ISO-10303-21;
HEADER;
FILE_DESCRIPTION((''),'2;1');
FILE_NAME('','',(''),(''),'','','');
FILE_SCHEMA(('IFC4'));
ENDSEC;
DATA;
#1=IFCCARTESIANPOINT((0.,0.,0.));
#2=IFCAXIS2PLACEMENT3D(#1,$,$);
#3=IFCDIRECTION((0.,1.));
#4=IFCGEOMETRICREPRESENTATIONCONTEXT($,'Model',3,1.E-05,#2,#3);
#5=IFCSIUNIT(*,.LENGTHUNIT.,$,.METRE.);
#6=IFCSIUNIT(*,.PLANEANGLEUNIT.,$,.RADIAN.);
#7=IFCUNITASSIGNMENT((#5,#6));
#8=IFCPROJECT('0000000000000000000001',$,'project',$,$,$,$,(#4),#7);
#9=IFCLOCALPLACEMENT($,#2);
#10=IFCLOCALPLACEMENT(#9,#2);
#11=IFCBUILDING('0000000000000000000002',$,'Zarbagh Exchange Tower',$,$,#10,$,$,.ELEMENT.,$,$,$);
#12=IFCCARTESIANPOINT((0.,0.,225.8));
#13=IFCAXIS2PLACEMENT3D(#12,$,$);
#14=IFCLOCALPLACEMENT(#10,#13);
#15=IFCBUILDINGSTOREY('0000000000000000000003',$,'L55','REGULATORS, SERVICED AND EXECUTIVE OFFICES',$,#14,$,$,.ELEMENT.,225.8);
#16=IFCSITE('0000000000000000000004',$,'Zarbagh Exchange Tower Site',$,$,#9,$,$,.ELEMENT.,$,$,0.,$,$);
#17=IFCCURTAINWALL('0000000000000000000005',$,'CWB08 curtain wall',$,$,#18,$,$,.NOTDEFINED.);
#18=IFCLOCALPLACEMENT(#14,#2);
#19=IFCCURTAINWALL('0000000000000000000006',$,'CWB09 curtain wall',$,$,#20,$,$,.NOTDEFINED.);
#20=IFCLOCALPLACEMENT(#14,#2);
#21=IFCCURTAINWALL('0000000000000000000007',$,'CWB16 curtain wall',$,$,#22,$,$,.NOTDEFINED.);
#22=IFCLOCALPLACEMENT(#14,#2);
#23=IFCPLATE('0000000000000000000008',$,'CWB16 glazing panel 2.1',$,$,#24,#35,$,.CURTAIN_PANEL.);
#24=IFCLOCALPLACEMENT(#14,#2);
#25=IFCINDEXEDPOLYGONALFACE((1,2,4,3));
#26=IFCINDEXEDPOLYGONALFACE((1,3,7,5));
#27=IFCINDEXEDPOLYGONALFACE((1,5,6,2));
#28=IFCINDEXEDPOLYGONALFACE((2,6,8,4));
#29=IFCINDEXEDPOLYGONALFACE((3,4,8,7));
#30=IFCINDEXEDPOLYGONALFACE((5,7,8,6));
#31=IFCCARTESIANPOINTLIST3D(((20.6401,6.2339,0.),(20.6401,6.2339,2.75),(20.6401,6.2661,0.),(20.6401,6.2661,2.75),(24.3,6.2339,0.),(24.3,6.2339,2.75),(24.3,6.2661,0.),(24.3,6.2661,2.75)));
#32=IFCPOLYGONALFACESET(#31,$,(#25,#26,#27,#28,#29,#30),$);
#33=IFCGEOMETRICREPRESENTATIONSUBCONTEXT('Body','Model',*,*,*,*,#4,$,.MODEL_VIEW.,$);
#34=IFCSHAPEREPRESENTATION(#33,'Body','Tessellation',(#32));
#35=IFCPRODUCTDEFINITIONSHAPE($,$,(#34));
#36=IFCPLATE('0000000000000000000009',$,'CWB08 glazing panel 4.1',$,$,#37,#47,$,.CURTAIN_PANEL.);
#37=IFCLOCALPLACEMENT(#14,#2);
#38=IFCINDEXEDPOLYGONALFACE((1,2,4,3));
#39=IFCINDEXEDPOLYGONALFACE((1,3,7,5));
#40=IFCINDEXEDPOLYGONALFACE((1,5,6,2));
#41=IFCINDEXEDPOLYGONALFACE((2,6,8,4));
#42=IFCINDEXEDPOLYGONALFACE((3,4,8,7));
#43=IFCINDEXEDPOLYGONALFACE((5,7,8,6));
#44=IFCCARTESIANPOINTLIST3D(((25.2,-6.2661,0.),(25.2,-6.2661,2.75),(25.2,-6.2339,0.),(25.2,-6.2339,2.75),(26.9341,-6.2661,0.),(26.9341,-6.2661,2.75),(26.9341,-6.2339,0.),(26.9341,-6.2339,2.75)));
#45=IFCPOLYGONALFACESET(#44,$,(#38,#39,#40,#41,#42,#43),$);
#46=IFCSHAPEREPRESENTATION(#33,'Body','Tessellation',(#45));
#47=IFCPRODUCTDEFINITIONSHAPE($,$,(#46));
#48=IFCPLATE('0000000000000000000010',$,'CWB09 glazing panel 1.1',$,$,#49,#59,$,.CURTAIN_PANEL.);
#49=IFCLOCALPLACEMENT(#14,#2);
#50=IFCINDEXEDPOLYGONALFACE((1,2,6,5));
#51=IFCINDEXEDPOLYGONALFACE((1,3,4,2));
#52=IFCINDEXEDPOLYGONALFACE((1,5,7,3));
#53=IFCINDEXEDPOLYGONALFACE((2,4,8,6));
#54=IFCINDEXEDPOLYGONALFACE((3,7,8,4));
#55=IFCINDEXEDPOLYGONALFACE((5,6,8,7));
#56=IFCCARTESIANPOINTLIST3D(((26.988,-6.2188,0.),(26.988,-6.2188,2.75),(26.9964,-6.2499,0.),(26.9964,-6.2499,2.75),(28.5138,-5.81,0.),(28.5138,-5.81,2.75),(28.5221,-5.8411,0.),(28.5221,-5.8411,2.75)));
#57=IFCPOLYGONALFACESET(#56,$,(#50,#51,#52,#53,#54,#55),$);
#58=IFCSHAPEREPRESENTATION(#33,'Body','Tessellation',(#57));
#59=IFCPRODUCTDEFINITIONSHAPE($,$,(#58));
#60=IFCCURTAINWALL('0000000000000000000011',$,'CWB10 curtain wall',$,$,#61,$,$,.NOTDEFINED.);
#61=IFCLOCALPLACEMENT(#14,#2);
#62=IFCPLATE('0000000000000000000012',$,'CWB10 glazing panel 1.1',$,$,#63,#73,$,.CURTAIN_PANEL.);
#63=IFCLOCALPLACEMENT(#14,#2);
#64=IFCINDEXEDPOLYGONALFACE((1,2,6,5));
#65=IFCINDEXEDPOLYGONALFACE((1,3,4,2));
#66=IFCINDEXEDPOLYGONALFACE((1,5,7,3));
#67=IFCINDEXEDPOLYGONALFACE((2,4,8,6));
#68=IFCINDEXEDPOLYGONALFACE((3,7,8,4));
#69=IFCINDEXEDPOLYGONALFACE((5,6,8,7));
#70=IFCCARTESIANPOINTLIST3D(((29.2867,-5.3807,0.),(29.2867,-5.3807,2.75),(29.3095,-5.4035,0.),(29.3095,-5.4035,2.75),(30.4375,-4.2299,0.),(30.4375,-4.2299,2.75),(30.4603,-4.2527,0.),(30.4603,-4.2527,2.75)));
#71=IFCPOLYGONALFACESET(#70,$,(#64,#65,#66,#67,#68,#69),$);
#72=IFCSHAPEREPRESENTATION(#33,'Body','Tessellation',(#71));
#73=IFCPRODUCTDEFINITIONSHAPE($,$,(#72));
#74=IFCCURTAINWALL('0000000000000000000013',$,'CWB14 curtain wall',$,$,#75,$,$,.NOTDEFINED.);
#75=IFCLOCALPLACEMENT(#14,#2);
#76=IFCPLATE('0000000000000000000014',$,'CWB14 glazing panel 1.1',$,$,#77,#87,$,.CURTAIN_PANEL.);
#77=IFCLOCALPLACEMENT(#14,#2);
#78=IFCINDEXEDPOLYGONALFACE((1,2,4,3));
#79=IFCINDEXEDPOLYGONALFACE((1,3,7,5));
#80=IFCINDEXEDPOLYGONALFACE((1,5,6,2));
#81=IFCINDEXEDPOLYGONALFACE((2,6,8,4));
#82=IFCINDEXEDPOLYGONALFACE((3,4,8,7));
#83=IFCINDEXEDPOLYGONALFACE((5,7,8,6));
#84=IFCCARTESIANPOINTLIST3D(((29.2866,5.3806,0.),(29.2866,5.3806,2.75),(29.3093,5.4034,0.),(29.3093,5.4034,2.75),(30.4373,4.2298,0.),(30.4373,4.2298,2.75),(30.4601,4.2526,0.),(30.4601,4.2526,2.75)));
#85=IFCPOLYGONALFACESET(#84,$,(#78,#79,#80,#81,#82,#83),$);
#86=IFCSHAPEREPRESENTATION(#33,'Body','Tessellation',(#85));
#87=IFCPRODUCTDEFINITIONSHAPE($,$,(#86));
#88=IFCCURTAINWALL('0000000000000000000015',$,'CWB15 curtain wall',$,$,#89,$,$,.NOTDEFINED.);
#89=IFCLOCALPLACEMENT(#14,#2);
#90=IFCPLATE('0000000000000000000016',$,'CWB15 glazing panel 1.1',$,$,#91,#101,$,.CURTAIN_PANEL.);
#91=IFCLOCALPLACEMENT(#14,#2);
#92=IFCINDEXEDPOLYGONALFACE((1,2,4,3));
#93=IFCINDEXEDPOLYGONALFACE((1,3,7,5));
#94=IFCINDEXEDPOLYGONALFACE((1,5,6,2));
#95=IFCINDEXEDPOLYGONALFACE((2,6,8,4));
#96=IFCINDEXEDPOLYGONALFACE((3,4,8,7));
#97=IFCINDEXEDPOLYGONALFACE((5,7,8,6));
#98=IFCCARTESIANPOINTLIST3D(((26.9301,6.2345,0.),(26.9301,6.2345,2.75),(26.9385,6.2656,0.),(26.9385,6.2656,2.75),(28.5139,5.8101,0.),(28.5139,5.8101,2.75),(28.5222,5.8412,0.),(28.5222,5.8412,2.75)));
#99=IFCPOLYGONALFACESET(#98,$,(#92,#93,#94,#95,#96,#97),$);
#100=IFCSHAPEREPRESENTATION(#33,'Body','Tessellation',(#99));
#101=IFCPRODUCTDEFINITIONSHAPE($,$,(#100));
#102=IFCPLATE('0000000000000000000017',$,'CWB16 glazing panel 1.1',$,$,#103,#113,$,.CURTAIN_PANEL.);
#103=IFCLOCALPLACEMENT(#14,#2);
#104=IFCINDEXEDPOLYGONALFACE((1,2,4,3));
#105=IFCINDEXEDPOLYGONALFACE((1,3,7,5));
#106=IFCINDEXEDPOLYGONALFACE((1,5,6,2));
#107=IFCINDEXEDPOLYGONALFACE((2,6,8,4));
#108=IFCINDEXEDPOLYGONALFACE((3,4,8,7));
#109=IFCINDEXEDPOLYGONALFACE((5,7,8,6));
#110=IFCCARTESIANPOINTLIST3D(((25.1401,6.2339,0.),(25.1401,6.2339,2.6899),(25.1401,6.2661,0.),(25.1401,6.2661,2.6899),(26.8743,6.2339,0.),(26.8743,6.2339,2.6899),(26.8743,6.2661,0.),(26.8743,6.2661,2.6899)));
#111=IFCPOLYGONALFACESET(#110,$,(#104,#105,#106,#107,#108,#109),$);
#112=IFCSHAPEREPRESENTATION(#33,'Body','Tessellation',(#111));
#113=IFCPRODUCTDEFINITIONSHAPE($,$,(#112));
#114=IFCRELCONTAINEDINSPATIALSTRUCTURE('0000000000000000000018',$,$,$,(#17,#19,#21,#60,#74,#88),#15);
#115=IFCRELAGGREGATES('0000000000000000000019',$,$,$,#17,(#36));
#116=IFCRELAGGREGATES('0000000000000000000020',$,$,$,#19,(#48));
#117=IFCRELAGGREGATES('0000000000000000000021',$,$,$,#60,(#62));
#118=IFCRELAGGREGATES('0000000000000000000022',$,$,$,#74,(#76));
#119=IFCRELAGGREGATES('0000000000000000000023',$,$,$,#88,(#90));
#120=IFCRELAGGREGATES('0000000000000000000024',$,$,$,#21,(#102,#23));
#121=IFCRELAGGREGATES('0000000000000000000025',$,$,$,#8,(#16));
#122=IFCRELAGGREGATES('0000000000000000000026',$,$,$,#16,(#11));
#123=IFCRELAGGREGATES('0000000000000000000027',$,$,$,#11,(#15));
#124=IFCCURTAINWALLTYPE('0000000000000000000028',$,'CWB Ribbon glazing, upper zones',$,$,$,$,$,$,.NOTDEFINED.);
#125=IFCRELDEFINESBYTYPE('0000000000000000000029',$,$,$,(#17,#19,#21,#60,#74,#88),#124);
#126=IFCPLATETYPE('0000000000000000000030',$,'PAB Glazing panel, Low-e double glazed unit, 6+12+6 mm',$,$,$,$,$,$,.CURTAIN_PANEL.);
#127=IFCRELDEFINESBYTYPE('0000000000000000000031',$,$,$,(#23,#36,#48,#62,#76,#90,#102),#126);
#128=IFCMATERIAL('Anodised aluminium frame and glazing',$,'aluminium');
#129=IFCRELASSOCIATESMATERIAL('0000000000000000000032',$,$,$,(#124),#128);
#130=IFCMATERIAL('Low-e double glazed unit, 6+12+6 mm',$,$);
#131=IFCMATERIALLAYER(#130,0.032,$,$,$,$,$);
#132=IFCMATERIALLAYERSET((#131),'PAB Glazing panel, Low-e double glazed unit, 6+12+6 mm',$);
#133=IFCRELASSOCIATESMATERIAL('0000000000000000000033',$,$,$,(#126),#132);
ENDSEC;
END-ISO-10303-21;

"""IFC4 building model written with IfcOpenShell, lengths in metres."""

from ifc_helpers import new_model, si_unit, direction, frame, origin, place, context, subcontext, project, spatial, polyline, outline, extrude, source, transform, mapped, material, layer, layer_set, type_object, element, aggregate, save


model = new_model("IFC4")

# Units and contexts
model_context = context("Model", 3, precision=1e-05, world=origin(), true_north=direction((0.0, 1.0)))
body_context = subcontext(model_context, "Body", "Model", "MODEL_VIEW")
ifc_project = project(units=[si_unit("LENGTHUNIT", "METRE"), si_unit("PLANEANGLEUNIT", "RADIAN")], contexts=[model_context])

# Site, building, storey
site_placement = place(None, origin())
site = spatial("IfcSite", under=ifc_project, at=site_placement, Name="Zarbagh Exchange Tower Site", CompositionType="ELEMENT", RefElevation=0.0)
building_placement = place(site_placement, origin())
building = spatial("IfcBuilding", under=site, at=building_placement, Name="Zarbagh Exchange Tower", CompositionType="ELEMENT")
storey_placement = place(building_placement, frame((0.0, 0.0, 225.8)))
storey = spatial("IfcBuildingStorey", under=building, at=storey_placement, Name="L55", Description="REGULATORS, SERVICED AND EXECUTIVE OFFICES", CompositionType="ELEMENT", Elevation=225.8)

# Curtain wall
ifc_material_1 = material(Name="Anodised aluminium frame and glazing", Category="aluminium")
curtain_wall_type = type_object("IfcCurtainWallType", Name="CWB Ribbon glazing, upper zones", PredefinedType="NOTDEFINED", material=ifc_material_1)
curtain_wall_1_placement = place(storey_placement, origin())
curtain_wall_1 = element("IfcCurtainWall", 1, at=curtain_wall_1_placement, inside=storey, type_object=curtain_wall_type, Name="CWB08 curtain wall", PredefinedType="NOTDEFINED")
placement = place(storey_placement, origin())

# Curtain wall
curtain_wall_2_placement = place(storey_placement, origin())
curtain_wall_2 = element("IfcCurtainWall", 2, at=curtain_wall_2_placement, inside=storey, type_object=curtain_wall_type, Name="CWB09 curtain wall", PredefinedType="NOTDEFINED")

# Curtain wall
curtain_wall_3_placement = place(storey_placement, origin())
curtain_wall_3 = element("IfcCurtainWall", 3, at=curtain_wall_3_placement, inside=storey, type_object=curtain_wall_type, Name="CWB16 curtain wall", PredefinedType="NOTDEFINED")

# Shared definitions
ifc_material_2 = material(Name="Low-e double glazed unit, 6+12+6 mm")
ifc_layer = layer(ifc_material_2, 0.032)
ifc_layer_set = layer_set([ifc_layer], Name="PAB Glazing panel, Low-e double glazed unit, 6+12+6 mm")
plate_type = type_object("IfcPlateType", Name="PAB Glazing panel, Low-e double glazed unit, 6+12+6 mm", PredefinedType="CURTAIN_PANEL", material=ifc_layer_set)

# Plates
shared_shape_1 = source(origin(), body_context, "Body", "SweptSolid", [
    extrude(outline(polyline([(0.0, -0.0161), (3.6599, -0.0161), (3.6599, 0.0161), (0.0, 0.0161), (0.0, -0.0161)])), origin(), (0.0, 0.0, 1.0), 2.75),
])
plate_1 = element("IfcPlate", 4, at=placement, type_object=plate_type, Name="CWB16 glazing panel 2.1", PredefinedType="CURTAIN_PANEL", context=body_context, shape_type="MappedRepresentation", body=[
    mapped(shared_shape_1, transform((24.3, 6.25, 0.0), x_axis=(-1.0, 0.0, 0.0), y_axis=(0.0, -1.0, 0.0), z_axis=(0.0, 0.0, 1.0))),
])
shared_shape_2 = source(origin(), body_context, "Body", "SweptSolid", [
    extrude(outline(polyline([(0.0, -0.0161), (1.7341, -0.0161), (1.7341, 0.0161), (0.0, 0.0161), (0.0, -0.0161)])), origin(), (0.0, 0.0, 1.0), 2.75),
])
plate_2 = element("IfcPlate", 5, at=placement, type_object=plate_type, Name="CWB08 glazing panel 4.1", PredefinedType="CURTAIN_PANEL", context=body_context, shape_type="MappedRepresentation", body=[
    mapped(shared_shape_2, transform((25.2, -6.25, 0.0), x_axis=(1.0, 0.0, 0.0), y_axis=(0.0, 1.0, 0.0), z_axis=(0.0, 0.0, 1.0))),
])
aggregate(curtain_wall_1, [plate_2])
shared_shape_3 = source(origin(), body_context, "Body", "SweptSolid", [
    extrude(outline(polyline([(0.0, -0.0161), (1.5796, -0.0161), (1.5796, 0.0161), (0.0, 0.0161), (0.0, -0.0161)])), origin(), (0.0, 0.0, 1.0), 2.75),
])
plate_3 = element("IfcPlate", 6, at=placement, type_object=plate_type, Name="CWB09 glazing panel 1.1", PredefinedType="CURTAIN_PANEL", context=body_context, shape_type="MappedRepresentation", body=[
    mapped(shared_shape_3, transform((26.9922, -6.2344, 0.0), x_axis=(0.965924, 0.258825, 0.0), y_axis=(-0.258825, 0.965924, 0.0), z_axis=(0.0, 0.0, 1.0))),
])
aggregate(curtain_wall_2, [plate_3])

# Curtain walls, plates
curtain_wall_4_placement = place(storey_placement, origin())
curtain_wall_4 = element("IfcCurtainWall", 7, at=curtain_wall_4_placement, inside=storey, type_object=curtain_wall_type, Name="CWB10 curtain wall", PredefinedType="NOTDEFINED")
shared_shape_4 = source(origin(), body_context, "Body", "SweptSolid", [
    extrude(outline(polyline([(0.0, -0.0161), (1.6274, -0.0161), (1.6274, 0.0161), (0.0, 0.0161), (0.0, -0.0161)])), origin(), (0.0, 0.0, 1.0), 2.75),
])
plate_4 = element("IfcPlate", 8, at=placement, type_object=plate_type, Name="CWB10 glazing panel 1.1", PredefinedType="CURTAIN_PANEL", context=body_context, shape_type="MappedRepresentation", body=[
    mapped(shared_shape_4, transform((29.2981, -5.3921, 0.0), x_axis=(0.707107, 0.707107, 0.0), y_axis=(-0.707107, 0.707107, 0.0), z_axis=(0.0, 0.0, 1.0))),
])
aggregate(curtain_wall_4, [plate_4])
curtain_wall_5_placement = place(storey_placement, origin())
curtain_wall_5 = element("IfcCurtainWall", 9, at=curtain_wall_5_placement, inside=storey, type_object=curtain_wall_type, Name="CWB14 curtain wall", PredefinedType="NOTDEFINED")
plate_5 = element("IfcPlate", 10, at=placement, type_object=plate_type, Name="CWB14 glazing panel 1.1", PredefinedType="CURTAIN_PANEL", context=body_context, shape_type="MappedRepresentation", body=[
    mapped(shared_shape_4, transform((30.4487, 4.2412, 0.0), x_axis=(-0.707107, 0.707107, 0.0), y_axis=(-0.707107, -0.707107, 0.0), z_axis=(0.0, 0.0, 1.0))),
])
aggregate(curtain_wall_5, [plate_5])
curtain_wall_6_placement = place(storey_placement, origin())
curtain_wall_6 = element("IfcCurtainWall", 11, at=curtain_wall_6_placement, inside=storey, type_object=curtain_wall_type, Name="CWB15 curtain wall", PredefinedType="NOTDEFINED")
shared_shape_5 = source(origin(), body_context, "Body", "SweptSolid", [
    extrude(outline(polyline([(0.0, -0.0161), (1.6396, -0.0161), (1.6396, 0.0161), (0.0, 0.0161), (0.0, -0.0161)])), origin(), (0.0, 0.0, 1.0), 2.75),
])
plate_6 = element("IfcPlate", 12, at=placement, type_object=plate_type, Name="CWB15 glazing panel 1.1", PredefinedType="CURTAIN_PANEL", context=body_context, shape_type="MappedRepresentation", body=[
    mapped(shared_shape_5, transform((28.5181, 5.8257, 0.0), x_axis=(-0.965924, 0.258825, 0.0), y_axis=(-0.258825, -0.965924, 0.0), z_axis=(0.0, 0.0, 1.0))),
])
aggregate(curtain_wall_6, [plate_6])

# Plate
shared_shape_6 = source(origin(), body_context, "Body", "SweptSolid", [
    extrude(outline(polyline([(0.0, -0.0161), (1.7341, -0.0161), (1.7341, 0.0161), (0.0, 0.0161), (0.0, -0.0161)])), origin(), (0.0, 0.0, 1.0), 2.6899),
])
plate_7 = element("IfcPlate", 13, at=placement, type_object=plate_type, Name="CWB16 glazing panel 1.1", PredefinedType="CURTAIN_PANEL", context=body_context, shape_type="MappedRepresentation", body=[
    mapped(shared_shape_6, transform((26.8743, 6.25, 0.0), x_axis=(-1.0, 0.0, 0.0), y_axis=(0.0, -1.0, 0.0), z_axis=(0.0, 0.0, 1.0))),
])
aggregate(curtain_wall_3, [plate_7, plate_1])

save(model, "model.ifc")
